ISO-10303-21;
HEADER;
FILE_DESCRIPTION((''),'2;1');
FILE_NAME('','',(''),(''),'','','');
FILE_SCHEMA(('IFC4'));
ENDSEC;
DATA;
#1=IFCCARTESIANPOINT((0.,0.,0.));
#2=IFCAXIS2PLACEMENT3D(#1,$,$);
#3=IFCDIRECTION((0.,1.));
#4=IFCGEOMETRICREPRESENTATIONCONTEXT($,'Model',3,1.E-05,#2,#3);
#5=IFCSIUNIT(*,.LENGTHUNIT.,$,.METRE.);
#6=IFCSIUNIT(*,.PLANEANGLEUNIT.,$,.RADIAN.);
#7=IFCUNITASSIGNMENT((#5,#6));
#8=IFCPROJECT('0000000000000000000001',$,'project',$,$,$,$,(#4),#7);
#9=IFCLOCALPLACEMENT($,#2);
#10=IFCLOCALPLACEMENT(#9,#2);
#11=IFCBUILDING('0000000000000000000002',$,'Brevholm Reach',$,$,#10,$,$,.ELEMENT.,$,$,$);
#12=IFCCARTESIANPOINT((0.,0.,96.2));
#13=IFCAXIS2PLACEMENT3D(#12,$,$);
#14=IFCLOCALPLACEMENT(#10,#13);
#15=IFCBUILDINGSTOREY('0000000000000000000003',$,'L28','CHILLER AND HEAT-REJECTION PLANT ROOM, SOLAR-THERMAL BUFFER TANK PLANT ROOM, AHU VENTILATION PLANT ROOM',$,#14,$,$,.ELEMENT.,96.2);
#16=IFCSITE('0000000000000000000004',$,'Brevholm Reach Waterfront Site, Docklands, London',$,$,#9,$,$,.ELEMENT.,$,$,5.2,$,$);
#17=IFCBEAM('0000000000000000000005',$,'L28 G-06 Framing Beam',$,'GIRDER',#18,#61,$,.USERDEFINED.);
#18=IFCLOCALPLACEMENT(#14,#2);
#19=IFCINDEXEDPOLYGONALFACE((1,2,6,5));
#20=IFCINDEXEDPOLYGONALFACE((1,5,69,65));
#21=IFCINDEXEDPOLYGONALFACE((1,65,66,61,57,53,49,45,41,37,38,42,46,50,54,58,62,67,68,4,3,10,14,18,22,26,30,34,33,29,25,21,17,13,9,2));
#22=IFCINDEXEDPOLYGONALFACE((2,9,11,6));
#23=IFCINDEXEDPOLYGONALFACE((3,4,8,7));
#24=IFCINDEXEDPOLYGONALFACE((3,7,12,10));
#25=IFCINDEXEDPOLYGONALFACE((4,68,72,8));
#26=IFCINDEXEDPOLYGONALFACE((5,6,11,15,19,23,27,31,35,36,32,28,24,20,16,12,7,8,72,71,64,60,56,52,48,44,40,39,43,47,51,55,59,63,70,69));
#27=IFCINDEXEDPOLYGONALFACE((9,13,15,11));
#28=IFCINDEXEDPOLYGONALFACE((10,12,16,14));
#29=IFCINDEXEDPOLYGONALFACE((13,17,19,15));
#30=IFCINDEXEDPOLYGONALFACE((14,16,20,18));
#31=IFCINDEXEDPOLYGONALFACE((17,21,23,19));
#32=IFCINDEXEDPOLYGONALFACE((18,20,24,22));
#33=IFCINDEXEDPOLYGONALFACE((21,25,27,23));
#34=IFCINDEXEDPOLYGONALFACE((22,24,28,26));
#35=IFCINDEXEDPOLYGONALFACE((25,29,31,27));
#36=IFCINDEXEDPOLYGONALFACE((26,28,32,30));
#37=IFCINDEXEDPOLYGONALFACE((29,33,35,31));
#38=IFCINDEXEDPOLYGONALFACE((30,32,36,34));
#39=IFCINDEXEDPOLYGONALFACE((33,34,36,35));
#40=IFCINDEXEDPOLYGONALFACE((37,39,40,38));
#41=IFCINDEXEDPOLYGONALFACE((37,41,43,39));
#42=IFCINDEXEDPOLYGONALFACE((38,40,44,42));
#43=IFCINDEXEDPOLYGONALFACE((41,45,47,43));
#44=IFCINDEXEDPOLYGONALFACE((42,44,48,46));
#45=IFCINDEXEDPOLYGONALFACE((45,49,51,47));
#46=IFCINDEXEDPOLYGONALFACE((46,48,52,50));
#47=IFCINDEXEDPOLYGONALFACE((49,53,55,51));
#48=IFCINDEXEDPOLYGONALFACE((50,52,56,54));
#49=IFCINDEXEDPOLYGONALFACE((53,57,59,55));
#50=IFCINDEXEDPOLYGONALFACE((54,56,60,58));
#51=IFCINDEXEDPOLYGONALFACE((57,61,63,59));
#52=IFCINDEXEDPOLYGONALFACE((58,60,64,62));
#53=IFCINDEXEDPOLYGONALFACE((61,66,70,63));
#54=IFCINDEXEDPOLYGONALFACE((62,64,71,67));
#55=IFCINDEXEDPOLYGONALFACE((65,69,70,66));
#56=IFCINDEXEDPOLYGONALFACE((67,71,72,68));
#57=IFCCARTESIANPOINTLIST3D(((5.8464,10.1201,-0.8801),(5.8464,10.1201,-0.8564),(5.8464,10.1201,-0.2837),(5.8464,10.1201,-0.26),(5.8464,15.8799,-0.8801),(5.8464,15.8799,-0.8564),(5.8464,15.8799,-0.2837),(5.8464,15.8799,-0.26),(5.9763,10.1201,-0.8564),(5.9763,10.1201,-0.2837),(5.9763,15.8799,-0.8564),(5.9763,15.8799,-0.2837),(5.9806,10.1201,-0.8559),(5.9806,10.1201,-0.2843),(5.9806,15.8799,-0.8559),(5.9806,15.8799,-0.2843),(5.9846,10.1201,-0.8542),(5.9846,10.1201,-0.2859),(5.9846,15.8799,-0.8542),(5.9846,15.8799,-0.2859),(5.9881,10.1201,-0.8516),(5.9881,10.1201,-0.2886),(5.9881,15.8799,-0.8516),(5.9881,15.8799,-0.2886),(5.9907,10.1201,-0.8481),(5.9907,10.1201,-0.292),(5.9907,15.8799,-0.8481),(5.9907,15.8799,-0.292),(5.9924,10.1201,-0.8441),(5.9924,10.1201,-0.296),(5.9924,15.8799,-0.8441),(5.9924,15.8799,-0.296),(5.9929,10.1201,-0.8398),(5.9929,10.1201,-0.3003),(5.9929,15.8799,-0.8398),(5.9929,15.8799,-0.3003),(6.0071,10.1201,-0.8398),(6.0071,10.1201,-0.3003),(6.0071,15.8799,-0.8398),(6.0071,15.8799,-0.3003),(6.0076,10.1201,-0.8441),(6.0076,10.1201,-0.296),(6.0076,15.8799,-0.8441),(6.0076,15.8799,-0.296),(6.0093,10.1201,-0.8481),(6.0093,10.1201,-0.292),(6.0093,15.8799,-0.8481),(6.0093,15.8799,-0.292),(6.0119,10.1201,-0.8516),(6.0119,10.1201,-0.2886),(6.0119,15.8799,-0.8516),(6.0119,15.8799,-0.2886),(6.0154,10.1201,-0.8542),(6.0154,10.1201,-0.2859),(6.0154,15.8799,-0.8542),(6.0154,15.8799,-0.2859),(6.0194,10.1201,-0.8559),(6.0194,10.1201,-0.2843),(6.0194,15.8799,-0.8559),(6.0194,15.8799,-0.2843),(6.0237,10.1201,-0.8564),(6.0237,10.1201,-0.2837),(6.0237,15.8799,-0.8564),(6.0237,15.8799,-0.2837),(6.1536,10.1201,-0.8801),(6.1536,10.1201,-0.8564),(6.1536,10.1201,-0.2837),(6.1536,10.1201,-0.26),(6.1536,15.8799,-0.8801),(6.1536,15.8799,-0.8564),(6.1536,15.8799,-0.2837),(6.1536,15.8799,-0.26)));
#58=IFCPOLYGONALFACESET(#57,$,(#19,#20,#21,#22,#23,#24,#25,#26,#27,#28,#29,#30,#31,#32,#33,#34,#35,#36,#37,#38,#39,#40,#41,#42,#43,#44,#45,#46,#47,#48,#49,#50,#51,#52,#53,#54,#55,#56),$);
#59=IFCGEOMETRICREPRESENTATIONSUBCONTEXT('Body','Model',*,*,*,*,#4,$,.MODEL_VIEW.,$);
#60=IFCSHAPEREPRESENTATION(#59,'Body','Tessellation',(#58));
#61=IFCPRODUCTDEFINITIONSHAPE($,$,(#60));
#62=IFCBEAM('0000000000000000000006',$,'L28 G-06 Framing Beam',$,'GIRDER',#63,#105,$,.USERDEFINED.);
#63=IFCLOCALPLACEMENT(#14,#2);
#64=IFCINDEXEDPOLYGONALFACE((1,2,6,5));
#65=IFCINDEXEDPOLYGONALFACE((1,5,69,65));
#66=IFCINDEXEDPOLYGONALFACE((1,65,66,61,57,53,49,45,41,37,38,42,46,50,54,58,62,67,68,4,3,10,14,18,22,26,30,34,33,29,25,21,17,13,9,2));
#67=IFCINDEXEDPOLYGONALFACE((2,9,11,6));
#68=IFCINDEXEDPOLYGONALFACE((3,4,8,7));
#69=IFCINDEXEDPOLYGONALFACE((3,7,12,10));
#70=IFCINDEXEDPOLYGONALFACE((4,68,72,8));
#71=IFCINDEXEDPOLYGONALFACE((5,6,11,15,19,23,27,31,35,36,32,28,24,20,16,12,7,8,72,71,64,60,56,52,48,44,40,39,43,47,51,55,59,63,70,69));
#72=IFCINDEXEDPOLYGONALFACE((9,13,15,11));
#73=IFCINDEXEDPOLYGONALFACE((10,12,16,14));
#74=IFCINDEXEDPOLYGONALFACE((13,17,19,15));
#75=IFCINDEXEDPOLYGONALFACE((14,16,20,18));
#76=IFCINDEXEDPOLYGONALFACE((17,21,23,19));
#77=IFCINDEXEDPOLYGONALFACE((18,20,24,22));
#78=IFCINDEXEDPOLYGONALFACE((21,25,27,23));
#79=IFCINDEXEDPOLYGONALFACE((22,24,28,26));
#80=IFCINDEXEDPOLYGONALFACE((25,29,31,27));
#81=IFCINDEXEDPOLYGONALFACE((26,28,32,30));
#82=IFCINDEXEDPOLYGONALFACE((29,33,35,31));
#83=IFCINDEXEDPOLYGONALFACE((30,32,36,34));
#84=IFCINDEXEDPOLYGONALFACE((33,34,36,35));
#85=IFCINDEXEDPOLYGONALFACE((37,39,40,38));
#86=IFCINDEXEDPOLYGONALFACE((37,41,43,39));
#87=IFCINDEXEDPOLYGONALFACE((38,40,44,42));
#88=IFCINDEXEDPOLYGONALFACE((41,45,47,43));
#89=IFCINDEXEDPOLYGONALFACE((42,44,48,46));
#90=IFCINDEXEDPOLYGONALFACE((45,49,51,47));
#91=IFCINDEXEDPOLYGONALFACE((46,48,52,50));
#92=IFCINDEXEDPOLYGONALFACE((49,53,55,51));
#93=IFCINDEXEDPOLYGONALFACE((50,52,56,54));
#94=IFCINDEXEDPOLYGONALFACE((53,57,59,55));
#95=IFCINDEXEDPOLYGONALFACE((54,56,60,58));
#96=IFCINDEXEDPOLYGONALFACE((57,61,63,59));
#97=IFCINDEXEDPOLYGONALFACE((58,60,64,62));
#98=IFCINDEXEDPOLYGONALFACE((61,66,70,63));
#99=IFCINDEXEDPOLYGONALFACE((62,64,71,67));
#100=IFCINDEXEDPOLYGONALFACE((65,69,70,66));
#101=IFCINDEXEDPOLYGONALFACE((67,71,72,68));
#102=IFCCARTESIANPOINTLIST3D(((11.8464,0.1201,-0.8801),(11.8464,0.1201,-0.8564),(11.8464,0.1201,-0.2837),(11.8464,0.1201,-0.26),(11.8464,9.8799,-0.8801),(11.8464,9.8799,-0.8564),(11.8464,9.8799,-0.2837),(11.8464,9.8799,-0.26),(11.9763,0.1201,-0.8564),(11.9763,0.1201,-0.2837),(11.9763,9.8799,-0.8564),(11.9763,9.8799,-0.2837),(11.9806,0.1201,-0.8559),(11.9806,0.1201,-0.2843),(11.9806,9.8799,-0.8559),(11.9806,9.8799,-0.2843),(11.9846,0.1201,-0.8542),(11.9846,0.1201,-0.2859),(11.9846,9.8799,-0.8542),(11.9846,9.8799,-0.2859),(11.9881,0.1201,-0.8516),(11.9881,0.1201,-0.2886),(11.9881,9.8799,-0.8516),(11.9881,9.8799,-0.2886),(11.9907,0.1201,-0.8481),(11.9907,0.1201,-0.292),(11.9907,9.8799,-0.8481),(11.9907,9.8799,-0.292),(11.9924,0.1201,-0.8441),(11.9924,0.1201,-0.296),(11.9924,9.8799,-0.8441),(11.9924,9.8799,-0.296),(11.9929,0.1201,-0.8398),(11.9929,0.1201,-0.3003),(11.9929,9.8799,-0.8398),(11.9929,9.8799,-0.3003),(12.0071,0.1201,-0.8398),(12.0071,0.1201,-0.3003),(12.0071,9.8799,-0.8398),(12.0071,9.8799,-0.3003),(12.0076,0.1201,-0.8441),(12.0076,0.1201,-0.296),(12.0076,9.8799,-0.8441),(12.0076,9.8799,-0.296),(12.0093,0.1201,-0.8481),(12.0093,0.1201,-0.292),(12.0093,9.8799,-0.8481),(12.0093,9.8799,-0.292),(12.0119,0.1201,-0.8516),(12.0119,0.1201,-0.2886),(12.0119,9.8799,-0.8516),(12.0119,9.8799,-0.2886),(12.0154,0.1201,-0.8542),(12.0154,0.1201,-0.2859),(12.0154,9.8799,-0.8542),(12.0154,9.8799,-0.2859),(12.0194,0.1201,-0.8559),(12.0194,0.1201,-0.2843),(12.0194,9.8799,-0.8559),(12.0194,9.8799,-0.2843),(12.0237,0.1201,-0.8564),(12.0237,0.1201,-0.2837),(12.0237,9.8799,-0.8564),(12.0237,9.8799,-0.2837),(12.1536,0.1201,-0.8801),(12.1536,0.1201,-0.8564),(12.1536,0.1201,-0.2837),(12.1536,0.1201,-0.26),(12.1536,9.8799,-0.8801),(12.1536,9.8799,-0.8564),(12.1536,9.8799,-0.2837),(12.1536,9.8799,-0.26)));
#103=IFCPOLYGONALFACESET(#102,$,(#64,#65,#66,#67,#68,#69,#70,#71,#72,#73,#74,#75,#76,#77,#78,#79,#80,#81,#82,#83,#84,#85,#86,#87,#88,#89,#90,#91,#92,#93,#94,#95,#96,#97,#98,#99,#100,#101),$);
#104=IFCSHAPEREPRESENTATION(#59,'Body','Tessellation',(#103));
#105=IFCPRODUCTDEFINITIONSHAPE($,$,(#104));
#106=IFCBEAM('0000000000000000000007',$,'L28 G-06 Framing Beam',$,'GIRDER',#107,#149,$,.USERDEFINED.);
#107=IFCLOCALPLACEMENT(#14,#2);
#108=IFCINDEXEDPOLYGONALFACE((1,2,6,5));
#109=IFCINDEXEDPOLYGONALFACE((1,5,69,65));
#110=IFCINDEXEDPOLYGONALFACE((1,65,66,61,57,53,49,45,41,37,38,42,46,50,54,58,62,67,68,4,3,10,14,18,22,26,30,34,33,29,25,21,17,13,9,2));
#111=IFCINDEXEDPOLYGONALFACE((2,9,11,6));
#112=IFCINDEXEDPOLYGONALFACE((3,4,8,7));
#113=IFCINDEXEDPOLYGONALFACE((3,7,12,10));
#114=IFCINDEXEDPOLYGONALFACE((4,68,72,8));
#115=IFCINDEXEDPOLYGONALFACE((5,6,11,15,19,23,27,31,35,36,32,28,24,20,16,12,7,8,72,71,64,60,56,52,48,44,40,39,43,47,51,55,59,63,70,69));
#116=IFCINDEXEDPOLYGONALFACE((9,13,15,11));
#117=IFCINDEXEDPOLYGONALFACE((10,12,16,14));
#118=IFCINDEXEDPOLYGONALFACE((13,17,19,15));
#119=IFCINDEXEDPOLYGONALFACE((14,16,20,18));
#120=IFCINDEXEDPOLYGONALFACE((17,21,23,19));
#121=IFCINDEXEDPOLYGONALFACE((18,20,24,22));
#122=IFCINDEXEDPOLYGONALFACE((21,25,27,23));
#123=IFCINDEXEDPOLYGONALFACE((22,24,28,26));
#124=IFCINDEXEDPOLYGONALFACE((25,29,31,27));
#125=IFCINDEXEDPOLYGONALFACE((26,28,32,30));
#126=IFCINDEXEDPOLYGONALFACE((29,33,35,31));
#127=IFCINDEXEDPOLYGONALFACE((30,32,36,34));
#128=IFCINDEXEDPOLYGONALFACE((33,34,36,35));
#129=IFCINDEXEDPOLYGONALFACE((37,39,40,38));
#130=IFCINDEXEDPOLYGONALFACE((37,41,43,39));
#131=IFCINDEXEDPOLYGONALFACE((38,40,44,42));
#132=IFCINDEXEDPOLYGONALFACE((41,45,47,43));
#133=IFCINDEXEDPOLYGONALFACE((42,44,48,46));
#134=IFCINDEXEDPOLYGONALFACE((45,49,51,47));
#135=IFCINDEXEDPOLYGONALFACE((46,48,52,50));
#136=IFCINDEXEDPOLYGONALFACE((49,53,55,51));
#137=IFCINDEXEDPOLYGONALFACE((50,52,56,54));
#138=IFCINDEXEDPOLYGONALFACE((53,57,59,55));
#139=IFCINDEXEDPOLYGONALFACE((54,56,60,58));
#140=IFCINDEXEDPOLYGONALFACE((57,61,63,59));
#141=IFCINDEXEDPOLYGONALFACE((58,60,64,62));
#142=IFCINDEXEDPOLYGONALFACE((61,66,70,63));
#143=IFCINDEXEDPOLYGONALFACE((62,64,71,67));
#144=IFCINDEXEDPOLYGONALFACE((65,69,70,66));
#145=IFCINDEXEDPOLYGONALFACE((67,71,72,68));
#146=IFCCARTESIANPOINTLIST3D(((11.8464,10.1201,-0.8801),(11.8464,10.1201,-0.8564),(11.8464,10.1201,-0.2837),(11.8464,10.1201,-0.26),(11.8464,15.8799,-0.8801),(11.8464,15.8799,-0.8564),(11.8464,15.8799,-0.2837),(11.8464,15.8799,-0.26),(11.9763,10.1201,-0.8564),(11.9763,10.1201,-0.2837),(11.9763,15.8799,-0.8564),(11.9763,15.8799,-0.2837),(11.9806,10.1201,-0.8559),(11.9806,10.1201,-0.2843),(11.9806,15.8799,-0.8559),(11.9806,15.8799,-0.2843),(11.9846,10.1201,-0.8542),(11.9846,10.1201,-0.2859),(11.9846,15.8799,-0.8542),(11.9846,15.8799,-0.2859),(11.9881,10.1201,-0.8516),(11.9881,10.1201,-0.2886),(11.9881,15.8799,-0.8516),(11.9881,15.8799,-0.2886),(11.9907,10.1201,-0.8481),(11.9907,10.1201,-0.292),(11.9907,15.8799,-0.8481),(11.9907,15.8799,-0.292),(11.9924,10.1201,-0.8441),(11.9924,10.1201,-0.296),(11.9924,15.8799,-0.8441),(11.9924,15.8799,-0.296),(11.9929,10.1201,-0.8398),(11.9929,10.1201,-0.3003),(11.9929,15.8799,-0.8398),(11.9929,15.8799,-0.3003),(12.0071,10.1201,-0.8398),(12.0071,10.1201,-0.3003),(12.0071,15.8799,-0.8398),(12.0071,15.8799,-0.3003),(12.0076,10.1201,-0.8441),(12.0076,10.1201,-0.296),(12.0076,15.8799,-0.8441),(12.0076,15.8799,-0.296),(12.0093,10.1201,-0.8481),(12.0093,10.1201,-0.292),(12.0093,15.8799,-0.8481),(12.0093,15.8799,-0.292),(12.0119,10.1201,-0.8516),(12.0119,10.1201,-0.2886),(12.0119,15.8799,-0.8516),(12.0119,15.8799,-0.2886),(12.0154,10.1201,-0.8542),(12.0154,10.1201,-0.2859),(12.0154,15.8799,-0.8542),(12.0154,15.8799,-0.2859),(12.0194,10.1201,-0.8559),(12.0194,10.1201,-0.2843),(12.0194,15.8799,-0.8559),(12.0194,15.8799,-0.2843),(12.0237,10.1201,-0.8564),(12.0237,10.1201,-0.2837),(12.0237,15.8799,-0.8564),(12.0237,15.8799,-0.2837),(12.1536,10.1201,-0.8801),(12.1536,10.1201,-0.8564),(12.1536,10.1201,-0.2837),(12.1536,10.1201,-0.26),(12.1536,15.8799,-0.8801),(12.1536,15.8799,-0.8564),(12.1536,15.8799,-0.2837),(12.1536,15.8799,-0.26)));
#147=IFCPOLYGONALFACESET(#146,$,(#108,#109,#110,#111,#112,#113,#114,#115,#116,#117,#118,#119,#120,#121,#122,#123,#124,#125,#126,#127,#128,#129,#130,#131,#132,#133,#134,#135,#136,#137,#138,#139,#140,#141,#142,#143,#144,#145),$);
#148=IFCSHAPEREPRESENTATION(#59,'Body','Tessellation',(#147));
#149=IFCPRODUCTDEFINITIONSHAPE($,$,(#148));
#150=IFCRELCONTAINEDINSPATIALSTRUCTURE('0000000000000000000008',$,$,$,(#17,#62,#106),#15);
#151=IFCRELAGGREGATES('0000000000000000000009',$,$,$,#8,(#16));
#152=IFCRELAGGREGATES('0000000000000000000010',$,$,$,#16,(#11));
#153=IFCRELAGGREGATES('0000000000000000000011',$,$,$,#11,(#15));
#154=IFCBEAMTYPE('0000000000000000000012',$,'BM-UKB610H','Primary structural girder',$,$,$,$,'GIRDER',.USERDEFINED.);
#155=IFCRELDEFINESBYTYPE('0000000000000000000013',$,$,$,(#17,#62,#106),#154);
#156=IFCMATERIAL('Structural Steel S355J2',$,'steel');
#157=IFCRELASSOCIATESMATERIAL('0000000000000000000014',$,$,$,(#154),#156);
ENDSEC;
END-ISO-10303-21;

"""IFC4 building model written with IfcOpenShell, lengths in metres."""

from ifc_helpers import new_model, si_unit, direction, frame, origin, origin_2d, place, context, subcontext, project, spatial, i_section, extrude, material, material_profile, profile_set, type_object, element, save


model = new_model("IFC4")

# Units and contexts
model_context = context("Model", 3, precision=1e-05, world=origin(), true_north=direction((0.0, 1.0)))
body_context = subcontext(model_context, "Body", "Model", "MODEL_VIEW")
ifc_project = project(units=[si_unit("LENGTHUNIT", "METRE"), si_unit("PLANEANGLEUNIT", "RADIAN")], contexts=[model_context])

# Site, building, storey
site_placement = place(None, origin())
site = spatial("IfcSite", under=ifc_project, at=site_placement, Name="Brevholm Reach Waterfront Site, Docklands, London", CompositionType="ELEMENT", RefElevation=5.2)
building_placement = place(site_placement, origin())
building = spatial("IfcBuilding", under=site, at=building_placement, Name="Brevholm Reach", CompositionType="ELEMENT")
storey_placement = place(building_placement, frame((0.0, 0.0, 96.2)))
storey = spatial("IfcBuildingStorey", under=building, at=storey_placement, Name="L28", Description="CHILLER AND HEAT-REJECTION PLANT ROOM, SOLAR-THERMAL BUFFER TANK PLANT ROOM, AHU VENTILATION PLANT ROOM", CompositionType="ELEMENT", Elevation=96.2)

# Beams
ifc_material_1 = material(Name="Structural Steel S355J2", Category="steel")
ifc_material_profile_1 = material_profile(ifc_material_1, i_section(OverallWidth=0.3071, OverallDepth=0.6201, WebThickness=0.0142, FlangeThickness=0.0237, FilletRadius=0.0166, at=origin_2d()), Name="UKB 610x305x179")
ifc_profile_set_1 = profile_set([ifc_material_profile_1], Name="Structural Steel S355J2")
beam_type_1 = type_object("IfcBeamType", Name="BM-UKB610H", Description="Primary structural girder", ElementType="GIRDER", PredefinedType="USERDEFINED", material=ifc_profile_set_1)
beam_1_placement = place(storey_placement, frame((6.0, 10.1201, -0.5701), z_axis=(0.0, 1.0, 0.0), x_axis=(-1.0, 0.0, 0.0)))
element("IfcBeam", 1, at=beam_1_placement, inside=storey, type_object=beam_type_1, Name="L28 G-06 Framing Beam", ObjectType="GIRDER", PredefinedType="USERDEFINED", context=body_context, shape_type="SweptSolid", body=[
    extrude(i_section(OverallWidth=0.3071, OverallDepth=0.6201, WebThickness=0.0142, FlangeThickness=0.0237, FilletRadius=0.0166, at=origin_2d()), origin(), (0.0, 0.0, 1.0), 5.7598),
])
beam_2_placement = place(storey_placement, frame((12.0, 0.1201, -0.5701), z_axis=(0.0, 1.0, 0.0), x_axis=(-1.0, 0.0, 0.0)))
element("IfcBeam", 2, at=beam_2_placement, inside=storey, type_object=beam_type_1, Name="L28 G-06 Framing Beam", ObjectType="GIRDER", PredefinedType="USERDEFINED", context=body_context, shape_type="SweptSolid", body=[
    extrude(i_section(OverallWidth=0.3071, OverallDepth=0.6201, WebThickness=0.0142, FlangeThickness=0.0237, FilletRadius=0.0166, at=origin_2d()), origin(), (0.0, 0.0, 1.0), 9.7598),
])
beam_3_placement = place(storey_placement, frame((12.0, 10.1201, -0.5701), z_axis=(0.0, 1.0, 0.0), x_axis=(-1.0, 0.0, 0.0)))
element("IfcBeam", 3, at=beam_3_placement, inside=storey, type_object=beam_type_1, Name="L28 G-06 Framing Beam", ObjectType="GIRDER", PredefinedType="USERDEFINED", context=body_context, shape_type="SweptSolid", body=[
    extrude(i_section(OverallWidth=0.3071, OverallDepth=0.6201, WebThickness=0.0142, FlangeThickness=0.0237, FilletRadius=0.0166, at=origin_2d()), origin(), (0.0, 0.0, 1.0), 5.7598),
])

save(model, "model.ifc")
